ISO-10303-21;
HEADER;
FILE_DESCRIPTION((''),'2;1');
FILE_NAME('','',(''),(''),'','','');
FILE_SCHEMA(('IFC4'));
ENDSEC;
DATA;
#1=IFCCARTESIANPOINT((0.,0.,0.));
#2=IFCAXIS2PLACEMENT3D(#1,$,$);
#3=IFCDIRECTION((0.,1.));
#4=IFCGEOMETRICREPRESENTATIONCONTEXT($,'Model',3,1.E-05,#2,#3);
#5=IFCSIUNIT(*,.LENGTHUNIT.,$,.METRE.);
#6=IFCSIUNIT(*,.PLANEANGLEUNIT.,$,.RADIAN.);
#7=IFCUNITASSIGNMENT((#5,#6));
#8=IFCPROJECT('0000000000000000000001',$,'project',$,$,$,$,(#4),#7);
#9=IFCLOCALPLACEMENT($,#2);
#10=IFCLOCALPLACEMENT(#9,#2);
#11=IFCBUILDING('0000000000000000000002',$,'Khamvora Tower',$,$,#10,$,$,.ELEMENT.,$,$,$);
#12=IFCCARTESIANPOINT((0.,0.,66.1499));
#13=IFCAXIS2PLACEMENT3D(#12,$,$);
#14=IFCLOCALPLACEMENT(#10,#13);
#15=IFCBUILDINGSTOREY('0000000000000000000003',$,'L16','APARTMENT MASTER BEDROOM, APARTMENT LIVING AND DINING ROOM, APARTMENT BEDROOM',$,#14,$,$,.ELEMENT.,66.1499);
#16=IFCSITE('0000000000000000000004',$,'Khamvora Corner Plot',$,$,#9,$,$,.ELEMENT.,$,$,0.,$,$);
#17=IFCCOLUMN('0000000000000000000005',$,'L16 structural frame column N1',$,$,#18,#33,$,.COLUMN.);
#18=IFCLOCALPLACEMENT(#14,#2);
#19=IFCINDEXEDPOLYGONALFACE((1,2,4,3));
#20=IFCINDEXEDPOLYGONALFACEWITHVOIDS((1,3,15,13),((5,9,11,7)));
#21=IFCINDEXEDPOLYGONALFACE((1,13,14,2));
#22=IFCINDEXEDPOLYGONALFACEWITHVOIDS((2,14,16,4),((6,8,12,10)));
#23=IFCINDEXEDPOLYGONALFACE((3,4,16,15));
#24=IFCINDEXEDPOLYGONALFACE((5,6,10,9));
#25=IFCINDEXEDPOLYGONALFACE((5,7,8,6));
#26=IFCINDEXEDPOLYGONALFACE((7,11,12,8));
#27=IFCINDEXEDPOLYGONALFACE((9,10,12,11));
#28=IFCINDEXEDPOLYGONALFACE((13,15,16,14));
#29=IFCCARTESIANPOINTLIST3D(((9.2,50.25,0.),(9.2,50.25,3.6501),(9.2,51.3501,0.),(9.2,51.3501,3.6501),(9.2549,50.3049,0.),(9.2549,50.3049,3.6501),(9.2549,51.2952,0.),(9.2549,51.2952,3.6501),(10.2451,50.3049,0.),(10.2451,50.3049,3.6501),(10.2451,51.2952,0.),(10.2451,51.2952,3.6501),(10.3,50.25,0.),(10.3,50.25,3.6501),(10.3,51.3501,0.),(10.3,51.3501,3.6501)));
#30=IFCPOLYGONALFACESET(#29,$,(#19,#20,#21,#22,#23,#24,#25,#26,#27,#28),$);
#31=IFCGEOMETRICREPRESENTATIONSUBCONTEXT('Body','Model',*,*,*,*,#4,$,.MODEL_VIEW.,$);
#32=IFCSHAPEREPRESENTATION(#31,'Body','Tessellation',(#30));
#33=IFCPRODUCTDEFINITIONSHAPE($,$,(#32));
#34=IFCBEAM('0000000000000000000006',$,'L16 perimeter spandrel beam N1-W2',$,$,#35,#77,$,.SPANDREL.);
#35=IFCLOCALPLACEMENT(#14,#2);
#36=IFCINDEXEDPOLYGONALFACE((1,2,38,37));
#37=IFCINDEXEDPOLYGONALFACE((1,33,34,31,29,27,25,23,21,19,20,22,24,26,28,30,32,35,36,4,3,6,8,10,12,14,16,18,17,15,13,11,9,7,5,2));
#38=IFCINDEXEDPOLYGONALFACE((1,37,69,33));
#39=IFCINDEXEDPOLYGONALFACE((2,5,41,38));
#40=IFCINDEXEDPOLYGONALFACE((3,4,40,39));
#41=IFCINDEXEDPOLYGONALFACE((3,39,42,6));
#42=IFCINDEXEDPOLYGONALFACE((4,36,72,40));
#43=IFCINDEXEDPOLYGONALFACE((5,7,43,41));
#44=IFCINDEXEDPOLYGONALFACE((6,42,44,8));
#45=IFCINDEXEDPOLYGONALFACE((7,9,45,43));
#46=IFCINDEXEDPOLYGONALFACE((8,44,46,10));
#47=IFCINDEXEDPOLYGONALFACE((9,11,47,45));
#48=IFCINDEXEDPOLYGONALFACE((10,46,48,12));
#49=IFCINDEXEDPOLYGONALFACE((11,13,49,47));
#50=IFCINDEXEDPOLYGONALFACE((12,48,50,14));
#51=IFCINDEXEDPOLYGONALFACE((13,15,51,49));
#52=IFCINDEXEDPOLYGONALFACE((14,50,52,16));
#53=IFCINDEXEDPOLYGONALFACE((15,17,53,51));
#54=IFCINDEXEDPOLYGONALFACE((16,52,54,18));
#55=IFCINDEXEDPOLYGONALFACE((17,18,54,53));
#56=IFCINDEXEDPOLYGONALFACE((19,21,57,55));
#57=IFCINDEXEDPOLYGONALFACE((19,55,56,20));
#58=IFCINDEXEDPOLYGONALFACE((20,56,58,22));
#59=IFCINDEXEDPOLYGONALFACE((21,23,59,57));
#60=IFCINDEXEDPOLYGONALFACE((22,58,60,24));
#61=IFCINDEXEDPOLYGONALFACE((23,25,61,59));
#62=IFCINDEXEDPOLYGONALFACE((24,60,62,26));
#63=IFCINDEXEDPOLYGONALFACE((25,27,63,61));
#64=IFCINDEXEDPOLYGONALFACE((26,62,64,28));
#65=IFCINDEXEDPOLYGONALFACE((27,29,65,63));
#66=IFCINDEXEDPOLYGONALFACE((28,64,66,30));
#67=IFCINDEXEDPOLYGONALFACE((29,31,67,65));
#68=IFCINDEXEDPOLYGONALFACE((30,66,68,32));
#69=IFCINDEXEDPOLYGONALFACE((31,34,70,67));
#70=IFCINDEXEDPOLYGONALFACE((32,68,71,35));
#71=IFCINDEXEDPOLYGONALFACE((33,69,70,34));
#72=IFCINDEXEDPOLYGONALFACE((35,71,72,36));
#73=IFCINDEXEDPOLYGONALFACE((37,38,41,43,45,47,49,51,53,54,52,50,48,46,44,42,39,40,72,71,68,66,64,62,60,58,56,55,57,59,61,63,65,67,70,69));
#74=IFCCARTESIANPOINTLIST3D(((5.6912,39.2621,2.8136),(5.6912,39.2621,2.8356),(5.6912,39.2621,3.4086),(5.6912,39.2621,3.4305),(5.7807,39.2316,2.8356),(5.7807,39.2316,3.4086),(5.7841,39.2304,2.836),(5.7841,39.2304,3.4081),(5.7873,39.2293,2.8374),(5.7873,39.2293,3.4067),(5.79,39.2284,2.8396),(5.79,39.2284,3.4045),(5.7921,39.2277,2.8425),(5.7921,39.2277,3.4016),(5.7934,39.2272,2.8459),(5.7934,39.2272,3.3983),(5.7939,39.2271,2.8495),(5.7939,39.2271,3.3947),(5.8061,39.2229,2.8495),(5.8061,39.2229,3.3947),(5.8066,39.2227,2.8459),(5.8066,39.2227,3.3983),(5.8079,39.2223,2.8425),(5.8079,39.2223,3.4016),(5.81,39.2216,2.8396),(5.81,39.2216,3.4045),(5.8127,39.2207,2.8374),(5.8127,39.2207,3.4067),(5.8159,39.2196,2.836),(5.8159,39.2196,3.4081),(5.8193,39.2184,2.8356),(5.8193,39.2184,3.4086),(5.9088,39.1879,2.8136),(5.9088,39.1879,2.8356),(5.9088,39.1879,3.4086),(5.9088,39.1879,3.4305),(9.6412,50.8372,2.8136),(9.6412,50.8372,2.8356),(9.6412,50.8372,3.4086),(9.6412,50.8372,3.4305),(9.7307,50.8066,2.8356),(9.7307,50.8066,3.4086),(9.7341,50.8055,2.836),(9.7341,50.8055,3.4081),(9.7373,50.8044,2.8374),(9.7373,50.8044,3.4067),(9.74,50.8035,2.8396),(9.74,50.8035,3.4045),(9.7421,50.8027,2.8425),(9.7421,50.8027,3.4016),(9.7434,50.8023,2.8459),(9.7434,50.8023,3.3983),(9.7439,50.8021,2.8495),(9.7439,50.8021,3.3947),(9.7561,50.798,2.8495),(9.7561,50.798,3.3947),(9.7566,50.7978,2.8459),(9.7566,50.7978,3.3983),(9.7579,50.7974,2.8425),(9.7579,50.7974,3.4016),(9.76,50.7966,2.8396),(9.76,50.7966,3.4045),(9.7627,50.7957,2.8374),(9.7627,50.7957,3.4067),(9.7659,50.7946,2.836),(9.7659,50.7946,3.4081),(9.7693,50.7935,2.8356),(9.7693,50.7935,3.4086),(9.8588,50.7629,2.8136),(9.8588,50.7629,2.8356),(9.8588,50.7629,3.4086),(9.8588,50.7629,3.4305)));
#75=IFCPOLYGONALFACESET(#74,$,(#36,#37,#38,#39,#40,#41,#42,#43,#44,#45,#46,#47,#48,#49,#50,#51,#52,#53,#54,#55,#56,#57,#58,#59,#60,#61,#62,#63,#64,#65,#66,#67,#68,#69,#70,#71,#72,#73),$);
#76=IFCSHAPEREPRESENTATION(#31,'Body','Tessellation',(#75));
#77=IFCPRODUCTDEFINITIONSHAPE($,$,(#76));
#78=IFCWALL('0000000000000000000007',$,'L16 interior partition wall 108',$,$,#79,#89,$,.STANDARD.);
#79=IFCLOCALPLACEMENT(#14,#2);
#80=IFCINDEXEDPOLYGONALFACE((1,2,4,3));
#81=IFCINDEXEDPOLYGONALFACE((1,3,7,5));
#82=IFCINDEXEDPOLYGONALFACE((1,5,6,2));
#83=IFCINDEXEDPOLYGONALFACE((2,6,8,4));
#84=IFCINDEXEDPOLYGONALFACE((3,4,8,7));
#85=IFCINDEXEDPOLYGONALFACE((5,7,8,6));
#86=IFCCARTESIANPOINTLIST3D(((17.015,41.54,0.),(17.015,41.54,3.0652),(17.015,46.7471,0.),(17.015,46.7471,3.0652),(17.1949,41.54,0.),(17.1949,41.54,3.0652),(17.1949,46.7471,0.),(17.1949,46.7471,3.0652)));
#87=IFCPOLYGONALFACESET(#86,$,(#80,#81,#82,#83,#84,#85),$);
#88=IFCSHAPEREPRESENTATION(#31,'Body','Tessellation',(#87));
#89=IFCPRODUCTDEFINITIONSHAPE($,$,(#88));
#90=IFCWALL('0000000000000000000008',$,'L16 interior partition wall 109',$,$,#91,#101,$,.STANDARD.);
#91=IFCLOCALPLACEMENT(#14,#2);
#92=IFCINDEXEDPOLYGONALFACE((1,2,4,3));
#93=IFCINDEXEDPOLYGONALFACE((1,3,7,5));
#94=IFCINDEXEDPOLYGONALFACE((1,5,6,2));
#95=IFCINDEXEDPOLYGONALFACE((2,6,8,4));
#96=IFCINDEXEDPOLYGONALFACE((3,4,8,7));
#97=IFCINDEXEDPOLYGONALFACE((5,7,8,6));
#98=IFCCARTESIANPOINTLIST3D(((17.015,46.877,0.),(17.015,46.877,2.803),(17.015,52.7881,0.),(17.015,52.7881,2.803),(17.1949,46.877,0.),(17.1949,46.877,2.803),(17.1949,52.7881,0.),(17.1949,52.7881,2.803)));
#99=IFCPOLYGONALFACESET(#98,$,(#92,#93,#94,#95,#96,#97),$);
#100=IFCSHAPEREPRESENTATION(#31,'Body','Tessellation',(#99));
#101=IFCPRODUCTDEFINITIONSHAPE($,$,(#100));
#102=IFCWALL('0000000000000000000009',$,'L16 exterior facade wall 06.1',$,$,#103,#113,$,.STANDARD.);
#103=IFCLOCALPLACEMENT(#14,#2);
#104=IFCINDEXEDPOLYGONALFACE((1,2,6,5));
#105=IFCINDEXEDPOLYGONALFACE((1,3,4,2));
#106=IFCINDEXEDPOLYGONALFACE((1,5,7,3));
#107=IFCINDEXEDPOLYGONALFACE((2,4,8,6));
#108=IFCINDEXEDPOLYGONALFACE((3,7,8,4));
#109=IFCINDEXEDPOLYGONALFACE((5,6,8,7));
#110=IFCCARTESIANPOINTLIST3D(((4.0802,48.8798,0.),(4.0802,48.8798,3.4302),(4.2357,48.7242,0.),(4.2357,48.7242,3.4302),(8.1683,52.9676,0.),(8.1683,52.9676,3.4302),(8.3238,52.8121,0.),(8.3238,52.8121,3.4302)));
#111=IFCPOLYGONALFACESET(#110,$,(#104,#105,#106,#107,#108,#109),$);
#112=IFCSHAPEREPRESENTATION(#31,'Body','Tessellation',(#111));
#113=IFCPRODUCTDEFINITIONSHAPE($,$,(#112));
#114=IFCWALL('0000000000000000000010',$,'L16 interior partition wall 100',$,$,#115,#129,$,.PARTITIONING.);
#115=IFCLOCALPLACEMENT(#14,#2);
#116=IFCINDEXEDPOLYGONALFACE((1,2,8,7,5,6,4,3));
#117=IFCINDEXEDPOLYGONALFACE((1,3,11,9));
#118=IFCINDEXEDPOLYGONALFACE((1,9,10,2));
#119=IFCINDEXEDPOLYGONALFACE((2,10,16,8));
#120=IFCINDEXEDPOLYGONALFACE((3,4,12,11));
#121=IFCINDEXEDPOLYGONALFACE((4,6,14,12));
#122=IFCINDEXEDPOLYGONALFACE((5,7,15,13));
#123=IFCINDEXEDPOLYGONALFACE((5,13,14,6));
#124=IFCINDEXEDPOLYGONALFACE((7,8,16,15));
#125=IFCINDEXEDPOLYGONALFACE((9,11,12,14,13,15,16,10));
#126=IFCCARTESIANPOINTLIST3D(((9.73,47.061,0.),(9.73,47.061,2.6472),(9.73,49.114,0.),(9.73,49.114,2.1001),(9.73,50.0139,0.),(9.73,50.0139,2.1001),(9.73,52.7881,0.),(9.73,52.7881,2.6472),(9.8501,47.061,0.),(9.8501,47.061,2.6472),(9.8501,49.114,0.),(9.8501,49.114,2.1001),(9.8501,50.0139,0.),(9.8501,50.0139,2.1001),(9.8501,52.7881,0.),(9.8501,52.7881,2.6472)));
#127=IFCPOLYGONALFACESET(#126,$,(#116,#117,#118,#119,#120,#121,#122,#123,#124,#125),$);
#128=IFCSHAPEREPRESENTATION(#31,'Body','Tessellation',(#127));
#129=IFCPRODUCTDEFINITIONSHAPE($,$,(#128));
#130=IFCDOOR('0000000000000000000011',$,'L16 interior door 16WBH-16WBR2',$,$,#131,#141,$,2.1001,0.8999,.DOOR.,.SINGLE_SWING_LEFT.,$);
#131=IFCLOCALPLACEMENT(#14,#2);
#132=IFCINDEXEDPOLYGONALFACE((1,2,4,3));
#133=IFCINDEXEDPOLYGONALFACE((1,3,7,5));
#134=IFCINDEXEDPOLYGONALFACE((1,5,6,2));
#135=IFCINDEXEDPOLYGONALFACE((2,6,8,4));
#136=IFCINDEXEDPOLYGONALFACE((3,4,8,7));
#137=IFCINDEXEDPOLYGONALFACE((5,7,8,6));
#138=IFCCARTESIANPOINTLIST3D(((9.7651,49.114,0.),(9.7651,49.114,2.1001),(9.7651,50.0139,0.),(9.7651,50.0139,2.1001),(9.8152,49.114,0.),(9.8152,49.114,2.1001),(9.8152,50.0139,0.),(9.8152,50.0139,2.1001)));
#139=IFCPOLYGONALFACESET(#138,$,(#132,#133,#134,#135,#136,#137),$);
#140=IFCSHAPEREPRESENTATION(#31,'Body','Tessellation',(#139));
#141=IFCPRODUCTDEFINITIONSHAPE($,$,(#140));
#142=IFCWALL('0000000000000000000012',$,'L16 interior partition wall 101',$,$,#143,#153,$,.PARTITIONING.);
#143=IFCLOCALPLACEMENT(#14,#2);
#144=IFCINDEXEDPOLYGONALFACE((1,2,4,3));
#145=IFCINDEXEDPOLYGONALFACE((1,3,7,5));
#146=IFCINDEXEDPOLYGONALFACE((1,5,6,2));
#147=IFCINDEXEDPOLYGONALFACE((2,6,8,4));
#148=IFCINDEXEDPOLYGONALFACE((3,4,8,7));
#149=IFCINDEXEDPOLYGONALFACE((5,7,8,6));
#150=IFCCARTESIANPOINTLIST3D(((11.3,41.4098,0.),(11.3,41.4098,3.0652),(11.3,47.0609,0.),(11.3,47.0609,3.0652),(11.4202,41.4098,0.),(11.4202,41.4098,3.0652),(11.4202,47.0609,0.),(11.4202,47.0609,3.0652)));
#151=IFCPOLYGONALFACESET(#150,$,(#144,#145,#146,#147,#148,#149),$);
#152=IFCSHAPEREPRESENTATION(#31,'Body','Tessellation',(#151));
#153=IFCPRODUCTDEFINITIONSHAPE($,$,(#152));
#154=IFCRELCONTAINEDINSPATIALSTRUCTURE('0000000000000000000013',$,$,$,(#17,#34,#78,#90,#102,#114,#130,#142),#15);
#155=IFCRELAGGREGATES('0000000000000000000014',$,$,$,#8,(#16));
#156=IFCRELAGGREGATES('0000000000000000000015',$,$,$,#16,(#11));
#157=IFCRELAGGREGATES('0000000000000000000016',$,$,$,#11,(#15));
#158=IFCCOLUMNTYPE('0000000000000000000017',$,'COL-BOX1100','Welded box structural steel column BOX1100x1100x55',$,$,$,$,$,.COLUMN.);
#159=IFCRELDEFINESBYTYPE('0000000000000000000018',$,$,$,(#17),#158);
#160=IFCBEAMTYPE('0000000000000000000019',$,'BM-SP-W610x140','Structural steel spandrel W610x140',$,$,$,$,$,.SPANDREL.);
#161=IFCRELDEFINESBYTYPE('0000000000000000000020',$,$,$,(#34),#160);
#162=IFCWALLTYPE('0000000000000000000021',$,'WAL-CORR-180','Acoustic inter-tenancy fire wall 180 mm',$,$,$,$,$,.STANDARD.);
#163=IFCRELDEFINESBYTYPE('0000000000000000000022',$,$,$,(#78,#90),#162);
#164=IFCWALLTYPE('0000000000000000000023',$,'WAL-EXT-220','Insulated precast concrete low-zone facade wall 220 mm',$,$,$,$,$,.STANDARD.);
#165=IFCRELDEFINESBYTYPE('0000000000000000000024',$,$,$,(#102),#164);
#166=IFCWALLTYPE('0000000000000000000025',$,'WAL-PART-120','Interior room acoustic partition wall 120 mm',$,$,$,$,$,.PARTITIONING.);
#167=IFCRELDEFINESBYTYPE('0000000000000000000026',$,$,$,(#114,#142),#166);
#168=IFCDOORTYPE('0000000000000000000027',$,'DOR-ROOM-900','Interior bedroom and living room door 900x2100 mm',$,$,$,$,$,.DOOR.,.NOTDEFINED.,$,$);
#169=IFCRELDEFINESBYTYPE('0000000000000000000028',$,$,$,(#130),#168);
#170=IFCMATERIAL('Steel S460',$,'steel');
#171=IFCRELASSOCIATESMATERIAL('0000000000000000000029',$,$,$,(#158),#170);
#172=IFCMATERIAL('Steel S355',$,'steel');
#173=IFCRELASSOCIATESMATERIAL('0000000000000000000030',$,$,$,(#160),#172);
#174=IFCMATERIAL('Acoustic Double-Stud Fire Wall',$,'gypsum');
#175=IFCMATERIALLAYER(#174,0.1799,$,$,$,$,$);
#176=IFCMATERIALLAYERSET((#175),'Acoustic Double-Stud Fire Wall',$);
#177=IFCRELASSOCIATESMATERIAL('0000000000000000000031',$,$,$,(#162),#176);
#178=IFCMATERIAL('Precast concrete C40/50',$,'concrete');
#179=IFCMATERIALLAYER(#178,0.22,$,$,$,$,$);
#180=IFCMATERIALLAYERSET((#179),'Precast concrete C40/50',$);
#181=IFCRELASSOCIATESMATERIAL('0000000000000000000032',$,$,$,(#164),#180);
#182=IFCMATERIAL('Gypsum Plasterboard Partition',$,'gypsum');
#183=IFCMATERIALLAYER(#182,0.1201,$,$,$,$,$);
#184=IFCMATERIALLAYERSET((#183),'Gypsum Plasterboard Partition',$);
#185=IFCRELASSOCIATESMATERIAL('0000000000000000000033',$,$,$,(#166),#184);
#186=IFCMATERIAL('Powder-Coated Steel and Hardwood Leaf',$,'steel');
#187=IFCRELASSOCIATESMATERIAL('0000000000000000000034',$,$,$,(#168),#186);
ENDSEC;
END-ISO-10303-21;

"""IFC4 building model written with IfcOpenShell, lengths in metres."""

from ifc_helpers import new_model, si_unit, direction, frame, frame_2d, origin, origin_2d, place, context, subcontext, project, spatial, rectangle, hollow_rectangle, i_section, extrude, material, layer, layer_set, material_profile, profile_set, type_object, element, fill, save


model = new_model("IFC4")

# Units and contexts
model_context = context("Model", 3, precision=1e-05, world=origin(), true_north=direction((0.0, 1.0)))
body_context = subcontext(model_context, "Body", "Model", "MODEL_VIEW")
ifc_project = project(units=[si_unit("LENGTHUNIT", "METRE"), si_unit("PLANEANGLEUNIT", "RADIAN")], contexts=[model_context])

# Site, building, storey
site_placement = place(None, origin())
site = spatial("IfcSite", under=ifc_project, at=site_placement, Name="Khamvora Corner Plot", CompositionType="ELEMENT", RefElevation=0.0)
building_placement = place(site_placement, origin())
building = spatial("IfcBuilding", under=site, at=building_placement, Name="Khamvora Tower", CompositionType="ELEMENT")
storey_placement = place(building_placement, frame((0.0, 0.0, 66.1499)))
storey = spatial("IfcBuildingStorey", under=building, at=storey_placement, Name="L16", Description="APARTMENT MASTER BEDROOM, APARTMENT LIVING AND DINING ROOM, APARTMENT BEDROOM", CompositionType="ELEMENT", Elevation=66.1499)

# Column
ifc_material_1 = material(Name="Steel S460", Category="steel")
ifc_material_profile_1 = material_profile(ifc_material_1, hollow_rectangle(XDim=1.1001, YDim=1.1001, WallThickness=0.0549, at=origin_2d()), Name="BOX1100x1100x55")
ifc_profile_set_1 = profile_set([ifc_material_profile_1], Name="Steel S460")
column_type = type_object("IfcColumnType", Name="COL-BOX1100", Description="Welded box structural steel column BOX1100x1100x55", PredefinedType="COLUMN", material=ifc_profile_set_1)
column_placement = place(storey_placement, frame((9.75, 50.8, 0.0), z_axis=(0.0, 0.0, 1.0), x_axis=(1.0, 0.0, 0.0)))
element("IfcColumn", 1, at=column_placement, inside=storey, type_object=column_type, Name="L16 structural frame column N1", PredefinedType="COLUMN", context=body_context, shape_type="SweptSolid", body=[
    extrude(hollow_rectangle(XDim=1.1001, YDim=1.1001, WallThickness=0.0549, at=origin_2d()), origin(), (0.0, 0.0, 1.0), 3.6501),
])

# Beam
ifc_material_2 = material(Name="Steel S355", Category="steel")
ifc_material_profile_2 = material_profile(ifc_material_2, i_section(OverallWidth=0.23, OverallDepth=0.6169, WebThickness=0.0129, FlangeThickness=0.022, FilletRadius=0.0139, at=origin_2d()), Name="W610x140")
ifc_profile_set_2 = profile_set([ifc_material_profile_2], Name="Steel S355")
beam_type = type_object("IfcBeamType", Name="BM-SP-W610x140", Description="Structural steel spandrel W610x140", PredefinedType="SPANDREL", material=ifc_profile_set_2)
beam_placement = place(storey_placement, frame((9.75, 50.8, 3.1221), z_axis=(-0.322963, -0.946412, 0.0), x_axis=(0.946412, -0.322963, 0.0)))
element("IfcBeam", 2, at=beam_placement, inside=storey, type_object=beam_type, Name="L16 perimeter spandrel beam N1-W2", PredefinedType="SPANDREL", context=body_context, shape_type="SweptSolid", body=[
    extrude(i_section(OverallWidth=0.23, OverallDepth=0.6169, WebThickness=0.0129, FlangeThickness=0.022, FilletRadius=0.0139, at=origin_2d()), origin(), (0.0, 0.0, 1.0), 12.2305),
])

# Walls
ifc_material_3 = material(Name="Acoustic Double-Stud Fire Wall", Category="gypsum")
ifc_layer_1 = layer(ifc_material_3, 0.1799)
ifc_layer_set_1 = layer_set([ifc_layer_1], Name="Acoustic Double-Stud Fire Wall")
wall_type_1 = type_object("IfcWallType", Name="WAL-CORR-180", Description="Acoustic inter-tenancy fire wall 180 mm", PredefinedType="STANDARD", material=ifc_layer_set_1)
wall_1_placement = place(storey_placement, frame((17.105, 46.7471, 0.0), z_axis=(0.0, 0.0, 1.0), x_axis=(0.0, -1.0, 0.0)))
element("IfcWall", 3, at=wall_1_placement, inside=storey, type_object=wall_type_1, Name="L16 interior partition wall 108", PredefinedType="STANDARD", context=body_context, shape_type="SweptSolid", body=[
    extrude(rectangle(XDim=5.207, YDim=0.1799, at=frame_2d((2.6035, 0.0))), origin(), (0.0, 0.0, 1.0), 3.0652),
])
wall_2_placement = place(storey_placement, frame((17.105, 52.7881, 0.0), z_axis=(0.0, 0.0, 1.0), x_axis=(0.0, -1.0, 0.0)))
element("IfcWall", 4, at=wall_2_placement, inside=storey, type_object=wall_type_1, Name="L16 interior partition wall 109", PredefinedType="STANDARD", context=body_context, shape_type="SweptSolid", body=[
    extrude(rectangle(XDim=5.9111, YDim=0.1799, at=frame_2d((2.9556, 0.0))), origin(), (0.0, 0.0, 1.0), 2.803),
])
ifc_material_4 = material(Name="Precast concrete C40/50", Category="concrete")
ifc_layer_2 = layer(ifc_material_4, 0.22)
ifc_layer_set_2 = layer_set([ifc_layer_2], Name="Precast concrete C40/50")
wall_type_2 = type_object("IfcWallType", Name="WAL-EXT-220", Description="Insulated precast concrete low-zone facade wall 220 mm", PredefinedType="STANDARD", material=ifc_layer_set_2)
wall_3_placement = place(storey_placement, frame((4.158, 48.802, 0.0), z_axis=(0.0, 0.0, 1.0), x_axis=(0.707128, 0.707086, 0.0)))
element("IfcWall", 5, at=wall_3_placement, inside=storey, type_object=wall_type_2, Name="L16 exterior facade wall 06.1", PredefinedType="STANDARD", context=body_context, shape_type="SweptSolid", body=[
    extrude(rectangle(XDim=5.7812, YDim=0.22, at=frame_2d((2.8906, 0.0))), origin(), (0.0, 0.0, 1.0), 3.4302),
])

# Wall, opening, door
ifc_material_5 = material(Name="Gypsum Plasterboard Partition", Category="gypsum")
ifc_layer_3 = layer(ifc_material_5, 0.1201)
ifc_layer_set_3 = layer_set([ifc_layer_3], Name="Gypsum Plasterboard Partition")
wall_type_3 = type_object("IfcWallType", Name="WAL-PART-120", Description="Interior room acoustic partition wall 120 mm", PredefinedType="PARTITIONING", material=ifc_layer_set_3)
wall_4_placement = place(storey_placement, frame((9.79, 47.061, 0.0), z_axis=(0.0, 0.0, 1.0), x_axis=(0.0, 1.0, 0.0)))
wall_4 = element("IfcWall", 6, at=wall_4_placement, inside=storey, type_object=wall_type_3, Name="L16 interior partition wall 100", PredefinedType="PARTITIONING", context=body_context, shape_type="SweptSolid", body=[
    extrude(rectangle(XDim=5.7271, YDim=0.1201, at=frame_2d((2.8635, 0.0))), origin(), (0.0, 0.0, 1.0), 2.6472),
])
opening_1_placement = place(wall_4_placement, frame((2.053, 0.0, 0.0)))
opening_1 = element("IfcOpeningElement", 7, at=opening_1_placement, cuts=wall_4, PredefinedType="OPENING", context=body_context, shape_type="SweptSolid", body=[
    extrude(rectangle(XDim=0.8999, YDim=2.1001, at=frame_2d((0.45, 1.05))), frame((0.0, 0.0701, 0.0), z_axis=(0.0, -1.0, 0.0), x_axis=(1.0, 0.0, 0.0)), (0.0, 0.0, 1.0), 0.1401),
])
ifc_material_6 = material(Name="Powder-Coated Steel and Hardwood Leaf", Category="steel")
door_type = type_object("IfcDoorType", Name="DOR-ROOM-900", Description="Interior bedroom and living room door 900x2100 mm", OperationType="NOTDEFINED", PredefinedType="DOOR", material=ifc_material_6)
door_1_placement = place(opening_1_placement, origin())
door_1 = element("IfcDoor", 8, at=door_1_placement, inside=storey, type_object=door_type, Name="L16 interior door 16WBH-16WBR2", OperationType="SINGLE_SWING_LEFT", OverallHeight=2.1001, OverallWidth=0.8999, PredefinedType="DOOR", context=body_context, shape_type="SweptSolid", body=[
    extrude(rectangle(XDim=0.8999, YDim=2.1001, at=frame_2d((0.45, 1.05))), frame((0.0, 0.0249, 0.0), z_axis=(0.0, -1.0, 0.0), x_axis=(1.0, 0.0, 0.0)), (0.0, 0.0, 1.0), 0.05),
])
fill(opening_1, door_1)

# Wall
wall_5_placement = place(storey_placement, frame((11.3601, 47.061, 0.0), z_axis=(0.0, 0.0, 1.0), x_axis=(0.0, -1.0, 0.0)))
element("IfcWall", 9, at=wall_5_placement, inside=storey, type_object=wall_type_3, Name="L16 interior partition wall 101", PredefinedType="PARTITIONING", context=body_context, shape_type="SweptSolid", body=[
    extrude(rectangle(XDim=5.6511, YDim=0.1201, at=frame_2d((2.8257, 0.0))), origin(), (0.0, 0.0, 1.0), 3.0652),
])

save(model, "model.ifc")
